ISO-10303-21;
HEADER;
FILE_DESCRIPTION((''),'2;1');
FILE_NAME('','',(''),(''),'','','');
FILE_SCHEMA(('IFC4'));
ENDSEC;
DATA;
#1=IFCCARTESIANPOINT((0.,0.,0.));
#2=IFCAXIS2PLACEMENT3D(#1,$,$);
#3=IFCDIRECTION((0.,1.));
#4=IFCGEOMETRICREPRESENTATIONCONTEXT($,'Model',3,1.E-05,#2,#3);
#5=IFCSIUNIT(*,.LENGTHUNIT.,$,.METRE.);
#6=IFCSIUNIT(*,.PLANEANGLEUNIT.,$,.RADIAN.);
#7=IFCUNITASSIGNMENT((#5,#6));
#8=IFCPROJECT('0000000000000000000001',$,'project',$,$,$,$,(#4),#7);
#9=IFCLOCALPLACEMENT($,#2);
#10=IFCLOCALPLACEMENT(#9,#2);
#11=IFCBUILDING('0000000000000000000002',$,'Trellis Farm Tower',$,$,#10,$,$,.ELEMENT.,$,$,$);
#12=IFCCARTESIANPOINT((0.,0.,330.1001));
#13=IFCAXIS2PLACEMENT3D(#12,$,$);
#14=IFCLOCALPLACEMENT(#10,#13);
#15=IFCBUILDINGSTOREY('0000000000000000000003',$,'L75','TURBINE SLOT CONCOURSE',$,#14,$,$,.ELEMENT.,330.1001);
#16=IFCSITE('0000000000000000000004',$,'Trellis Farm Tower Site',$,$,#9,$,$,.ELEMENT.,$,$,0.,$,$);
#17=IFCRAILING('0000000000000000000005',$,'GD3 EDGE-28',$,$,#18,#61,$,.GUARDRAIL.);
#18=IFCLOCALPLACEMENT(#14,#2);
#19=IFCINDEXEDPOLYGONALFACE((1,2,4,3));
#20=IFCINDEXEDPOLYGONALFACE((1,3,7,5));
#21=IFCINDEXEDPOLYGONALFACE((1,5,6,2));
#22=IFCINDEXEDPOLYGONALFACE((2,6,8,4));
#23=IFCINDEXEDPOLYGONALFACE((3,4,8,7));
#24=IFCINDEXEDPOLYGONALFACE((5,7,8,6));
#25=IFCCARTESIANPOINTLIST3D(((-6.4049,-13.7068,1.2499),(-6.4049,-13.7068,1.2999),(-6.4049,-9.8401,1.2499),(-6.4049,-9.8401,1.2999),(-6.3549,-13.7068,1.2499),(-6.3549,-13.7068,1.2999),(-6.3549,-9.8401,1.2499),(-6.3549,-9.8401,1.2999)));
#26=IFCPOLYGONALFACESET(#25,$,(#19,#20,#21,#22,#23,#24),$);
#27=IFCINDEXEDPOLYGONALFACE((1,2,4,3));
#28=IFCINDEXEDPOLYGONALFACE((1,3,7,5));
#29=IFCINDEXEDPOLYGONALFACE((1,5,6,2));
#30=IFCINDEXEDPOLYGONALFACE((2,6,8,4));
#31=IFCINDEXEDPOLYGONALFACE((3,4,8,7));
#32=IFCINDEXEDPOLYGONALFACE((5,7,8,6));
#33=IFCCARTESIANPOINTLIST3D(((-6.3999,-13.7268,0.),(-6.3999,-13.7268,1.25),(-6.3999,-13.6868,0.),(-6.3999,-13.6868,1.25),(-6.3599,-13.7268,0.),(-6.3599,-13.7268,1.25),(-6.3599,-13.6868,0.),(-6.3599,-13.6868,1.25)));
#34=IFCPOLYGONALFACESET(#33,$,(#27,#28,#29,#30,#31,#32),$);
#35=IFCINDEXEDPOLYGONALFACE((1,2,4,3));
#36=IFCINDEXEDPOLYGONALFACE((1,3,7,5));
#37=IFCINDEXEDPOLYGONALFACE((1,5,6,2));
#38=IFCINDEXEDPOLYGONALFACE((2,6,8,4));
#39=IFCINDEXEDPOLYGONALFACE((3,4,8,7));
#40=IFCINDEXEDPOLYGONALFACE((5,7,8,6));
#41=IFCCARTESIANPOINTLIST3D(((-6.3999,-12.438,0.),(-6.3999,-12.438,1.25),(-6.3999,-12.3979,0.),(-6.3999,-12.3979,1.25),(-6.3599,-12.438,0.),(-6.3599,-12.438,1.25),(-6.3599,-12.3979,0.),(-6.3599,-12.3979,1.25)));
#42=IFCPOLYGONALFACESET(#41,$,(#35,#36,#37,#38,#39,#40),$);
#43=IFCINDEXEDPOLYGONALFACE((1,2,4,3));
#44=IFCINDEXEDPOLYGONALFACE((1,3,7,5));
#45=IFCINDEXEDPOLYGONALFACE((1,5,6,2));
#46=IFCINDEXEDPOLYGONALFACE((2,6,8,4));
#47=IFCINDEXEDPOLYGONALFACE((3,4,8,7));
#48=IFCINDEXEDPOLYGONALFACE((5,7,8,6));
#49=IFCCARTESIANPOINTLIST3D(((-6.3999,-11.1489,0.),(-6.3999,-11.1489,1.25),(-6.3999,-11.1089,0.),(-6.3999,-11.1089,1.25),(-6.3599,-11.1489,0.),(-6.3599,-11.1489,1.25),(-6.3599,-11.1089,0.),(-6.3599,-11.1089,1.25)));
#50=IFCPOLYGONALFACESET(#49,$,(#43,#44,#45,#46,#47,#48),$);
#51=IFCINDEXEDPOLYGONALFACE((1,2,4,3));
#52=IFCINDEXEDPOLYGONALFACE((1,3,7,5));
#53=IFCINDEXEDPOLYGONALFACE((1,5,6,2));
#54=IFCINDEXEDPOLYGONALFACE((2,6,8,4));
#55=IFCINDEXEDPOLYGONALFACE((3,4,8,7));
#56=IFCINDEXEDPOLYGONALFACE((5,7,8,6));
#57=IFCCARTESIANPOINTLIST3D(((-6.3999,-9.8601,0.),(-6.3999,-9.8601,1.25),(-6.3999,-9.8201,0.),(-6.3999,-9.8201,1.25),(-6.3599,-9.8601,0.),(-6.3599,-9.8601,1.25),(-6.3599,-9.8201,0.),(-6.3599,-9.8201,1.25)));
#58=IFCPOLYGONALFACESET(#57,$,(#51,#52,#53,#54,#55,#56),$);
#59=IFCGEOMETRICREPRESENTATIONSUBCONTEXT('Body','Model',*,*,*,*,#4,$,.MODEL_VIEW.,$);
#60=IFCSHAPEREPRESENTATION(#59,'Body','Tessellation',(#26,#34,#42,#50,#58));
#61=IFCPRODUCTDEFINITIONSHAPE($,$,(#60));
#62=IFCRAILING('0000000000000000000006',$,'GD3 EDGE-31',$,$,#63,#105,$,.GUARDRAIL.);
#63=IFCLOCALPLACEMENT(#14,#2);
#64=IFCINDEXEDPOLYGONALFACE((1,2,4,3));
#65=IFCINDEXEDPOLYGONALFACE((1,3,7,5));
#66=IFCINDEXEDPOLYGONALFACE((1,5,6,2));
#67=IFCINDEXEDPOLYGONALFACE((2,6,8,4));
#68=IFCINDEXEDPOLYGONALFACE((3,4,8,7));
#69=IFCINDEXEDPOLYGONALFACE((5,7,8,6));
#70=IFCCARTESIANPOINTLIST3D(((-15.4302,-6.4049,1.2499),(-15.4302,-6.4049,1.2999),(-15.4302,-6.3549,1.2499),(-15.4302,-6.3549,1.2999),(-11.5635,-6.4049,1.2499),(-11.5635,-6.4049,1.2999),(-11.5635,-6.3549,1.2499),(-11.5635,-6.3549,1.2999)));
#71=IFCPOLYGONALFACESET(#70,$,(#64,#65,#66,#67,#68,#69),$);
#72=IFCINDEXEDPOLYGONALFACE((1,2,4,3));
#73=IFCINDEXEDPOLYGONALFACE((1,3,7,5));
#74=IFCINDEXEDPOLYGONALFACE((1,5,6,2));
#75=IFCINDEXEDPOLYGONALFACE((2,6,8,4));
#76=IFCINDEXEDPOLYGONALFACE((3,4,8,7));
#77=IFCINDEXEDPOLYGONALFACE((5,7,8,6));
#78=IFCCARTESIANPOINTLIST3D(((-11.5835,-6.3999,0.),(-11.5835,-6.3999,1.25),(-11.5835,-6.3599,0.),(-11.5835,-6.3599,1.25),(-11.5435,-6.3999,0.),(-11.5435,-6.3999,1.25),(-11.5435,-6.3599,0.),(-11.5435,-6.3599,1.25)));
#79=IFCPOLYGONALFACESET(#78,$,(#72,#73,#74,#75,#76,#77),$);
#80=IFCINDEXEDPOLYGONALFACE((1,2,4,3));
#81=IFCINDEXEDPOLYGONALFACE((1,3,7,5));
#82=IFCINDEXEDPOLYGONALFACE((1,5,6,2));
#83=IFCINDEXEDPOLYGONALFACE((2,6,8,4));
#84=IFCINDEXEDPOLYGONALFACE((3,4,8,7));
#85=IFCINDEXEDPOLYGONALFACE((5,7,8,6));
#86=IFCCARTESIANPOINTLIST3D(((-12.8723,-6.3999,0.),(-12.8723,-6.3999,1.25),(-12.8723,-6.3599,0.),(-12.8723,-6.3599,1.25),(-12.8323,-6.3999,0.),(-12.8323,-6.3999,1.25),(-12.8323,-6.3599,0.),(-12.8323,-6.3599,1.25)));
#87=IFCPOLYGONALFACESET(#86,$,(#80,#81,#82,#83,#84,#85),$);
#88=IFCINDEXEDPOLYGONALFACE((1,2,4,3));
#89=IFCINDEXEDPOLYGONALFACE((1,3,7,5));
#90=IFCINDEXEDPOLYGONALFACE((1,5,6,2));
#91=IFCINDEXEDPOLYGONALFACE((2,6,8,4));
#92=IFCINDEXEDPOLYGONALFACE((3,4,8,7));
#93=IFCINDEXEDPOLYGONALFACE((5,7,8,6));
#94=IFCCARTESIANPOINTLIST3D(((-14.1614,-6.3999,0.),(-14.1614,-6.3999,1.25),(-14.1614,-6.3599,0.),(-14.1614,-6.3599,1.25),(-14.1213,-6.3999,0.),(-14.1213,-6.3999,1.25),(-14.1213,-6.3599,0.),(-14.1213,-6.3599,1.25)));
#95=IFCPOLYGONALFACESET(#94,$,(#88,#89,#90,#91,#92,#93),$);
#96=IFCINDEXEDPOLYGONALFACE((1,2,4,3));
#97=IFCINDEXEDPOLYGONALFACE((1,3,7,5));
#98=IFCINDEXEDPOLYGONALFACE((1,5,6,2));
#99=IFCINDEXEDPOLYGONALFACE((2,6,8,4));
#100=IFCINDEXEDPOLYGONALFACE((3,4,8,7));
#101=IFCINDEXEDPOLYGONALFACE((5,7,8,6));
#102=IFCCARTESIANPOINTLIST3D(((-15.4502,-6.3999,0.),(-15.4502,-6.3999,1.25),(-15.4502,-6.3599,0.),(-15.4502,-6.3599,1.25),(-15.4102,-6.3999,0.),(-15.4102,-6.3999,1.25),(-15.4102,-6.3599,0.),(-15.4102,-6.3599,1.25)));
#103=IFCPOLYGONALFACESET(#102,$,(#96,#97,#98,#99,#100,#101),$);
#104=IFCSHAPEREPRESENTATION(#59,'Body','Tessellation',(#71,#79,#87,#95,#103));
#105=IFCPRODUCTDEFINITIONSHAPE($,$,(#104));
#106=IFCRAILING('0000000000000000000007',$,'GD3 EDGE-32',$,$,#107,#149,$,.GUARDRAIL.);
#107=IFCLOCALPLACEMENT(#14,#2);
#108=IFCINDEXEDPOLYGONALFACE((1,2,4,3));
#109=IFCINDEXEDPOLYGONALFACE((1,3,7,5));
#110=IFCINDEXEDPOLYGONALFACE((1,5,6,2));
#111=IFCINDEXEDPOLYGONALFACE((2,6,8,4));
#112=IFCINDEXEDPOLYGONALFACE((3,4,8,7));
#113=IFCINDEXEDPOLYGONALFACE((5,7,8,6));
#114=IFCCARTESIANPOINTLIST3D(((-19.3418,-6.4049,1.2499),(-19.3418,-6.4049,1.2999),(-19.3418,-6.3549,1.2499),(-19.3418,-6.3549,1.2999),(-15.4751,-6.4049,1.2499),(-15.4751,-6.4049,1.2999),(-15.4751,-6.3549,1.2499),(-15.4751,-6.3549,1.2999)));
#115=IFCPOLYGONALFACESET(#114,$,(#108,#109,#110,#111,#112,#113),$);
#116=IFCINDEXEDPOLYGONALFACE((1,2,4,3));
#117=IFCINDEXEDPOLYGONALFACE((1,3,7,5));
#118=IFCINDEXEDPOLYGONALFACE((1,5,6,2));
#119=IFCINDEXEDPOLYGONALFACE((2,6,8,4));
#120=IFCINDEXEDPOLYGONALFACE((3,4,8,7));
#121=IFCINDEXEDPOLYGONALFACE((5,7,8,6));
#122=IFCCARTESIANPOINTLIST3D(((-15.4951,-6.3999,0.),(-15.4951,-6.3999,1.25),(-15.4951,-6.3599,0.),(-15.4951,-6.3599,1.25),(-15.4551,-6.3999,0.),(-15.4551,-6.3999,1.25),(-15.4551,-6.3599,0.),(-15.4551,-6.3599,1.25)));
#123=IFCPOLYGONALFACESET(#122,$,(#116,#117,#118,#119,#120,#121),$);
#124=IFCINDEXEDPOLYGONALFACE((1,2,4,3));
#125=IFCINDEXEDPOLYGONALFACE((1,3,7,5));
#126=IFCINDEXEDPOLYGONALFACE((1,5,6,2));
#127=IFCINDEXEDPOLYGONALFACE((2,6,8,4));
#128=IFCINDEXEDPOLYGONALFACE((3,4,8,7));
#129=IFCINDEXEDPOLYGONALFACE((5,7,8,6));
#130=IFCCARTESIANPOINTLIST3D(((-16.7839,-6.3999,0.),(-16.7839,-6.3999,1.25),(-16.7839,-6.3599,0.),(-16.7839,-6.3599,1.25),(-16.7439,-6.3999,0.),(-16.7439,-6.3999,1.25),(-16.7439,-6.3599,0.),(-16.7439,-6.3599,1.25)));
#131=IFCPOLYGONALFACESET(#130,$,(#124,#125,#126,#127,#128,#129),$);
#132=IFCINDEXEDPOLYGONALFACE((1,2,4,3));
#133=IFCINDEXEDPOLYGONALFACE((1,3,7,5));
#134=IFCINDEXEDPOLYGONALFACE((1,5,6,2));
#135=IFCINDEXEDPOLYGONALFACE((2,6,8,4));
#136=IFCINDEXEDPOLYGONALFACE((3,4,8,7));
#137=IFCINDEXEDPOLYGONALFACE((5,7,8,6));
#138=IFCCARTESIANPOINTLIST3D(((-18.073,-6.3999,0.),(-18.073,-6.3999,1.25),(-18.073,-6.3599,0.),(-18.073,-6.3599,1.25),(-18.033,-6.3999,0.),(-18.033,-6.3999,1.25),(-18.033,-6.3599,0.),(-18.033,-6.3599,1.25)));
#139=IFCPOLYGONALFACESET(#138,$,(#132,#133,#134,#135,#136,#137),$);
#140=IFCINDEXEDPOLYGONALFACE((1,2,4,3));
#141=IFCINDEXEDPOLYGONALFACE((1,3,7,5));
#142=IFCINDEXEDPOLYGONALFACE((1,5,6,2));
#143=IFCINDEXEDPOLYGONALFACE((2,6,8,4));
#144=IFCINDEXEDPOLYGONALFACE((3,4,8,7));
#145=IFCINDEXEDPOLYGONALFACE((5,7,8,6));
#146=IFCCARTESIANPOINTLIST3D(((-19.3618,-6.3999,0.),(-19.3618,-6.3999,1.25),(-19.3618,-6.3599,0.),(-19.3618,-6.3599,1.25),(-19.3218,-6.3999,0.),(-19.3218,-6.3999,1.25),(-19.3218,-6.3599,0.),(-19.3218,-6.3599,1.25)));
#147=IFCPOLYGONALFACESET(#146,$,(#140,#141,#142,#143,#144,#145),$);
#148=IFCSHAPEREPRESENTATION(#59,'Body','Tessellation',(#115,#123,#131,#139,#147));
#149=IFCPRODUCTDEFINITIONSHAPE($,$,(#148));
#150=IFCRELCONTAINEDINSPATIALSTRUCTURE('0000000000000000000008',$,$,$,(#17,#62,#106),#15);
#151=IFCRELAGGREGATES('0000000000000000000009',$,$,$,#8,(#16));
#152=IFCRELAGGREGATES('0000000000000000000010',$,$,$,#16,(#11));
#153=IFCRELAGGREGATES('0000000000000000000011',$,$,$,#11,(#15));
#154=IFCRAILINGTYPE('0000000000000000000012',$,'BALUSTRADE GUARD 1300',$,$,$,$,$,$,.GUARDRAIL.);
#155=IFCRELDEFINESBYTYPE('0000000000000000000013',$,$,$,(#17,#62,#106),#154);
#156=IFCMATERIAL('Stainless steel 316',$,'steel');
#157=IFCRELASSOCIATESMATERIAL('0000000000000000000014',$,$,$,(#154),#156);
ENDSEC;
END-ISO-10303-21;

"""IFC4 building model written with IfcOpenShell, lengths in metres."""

from ifc_helpers import new_model, si_unit, direction, frame, origin, origin_2d, place, context, subcontext, project, spatial, rectangle, extrude, source, transform, mapped, material, type_object, element, save


model = new_model("IFC4")

# Units and contexts
model_context = context("Model", 3, precision=1e-05, world=origin(), true_north=direction((0.0, 1.0)))
body_context = subcontext(model_context, "Body", "Model", "MODEL_VIEW")
ifc_project = project(units=[si_unit("LENGTHUNIT", "METRE"), si_unit("PLANEANGLEUNIT", "RADIAN")], contexts=[model_context])

# Site, building, storey
site_placement = place(None, origin())
site = spatial("IfcSite", under=ifc_project, at=site_placement, Name="Trellis Farm Tower Site", CompositionType="ELEMENT", RefElevation=0.0)
building_placement = place(site_placement, origin())
building = spatial("IfcBuilding", under=site, at=building_placement, Name="Trellis Farm Tower", CompositionType="ELEMENT")
storey_placement = place(building_placement, frame((0.0, 0.0, 330.1001)))
storey = spatial("IfcBuildingStorey", under=building, at=storey_placement, Name="L75", Description="TURBINE SLOT CONCOURSE", CompositionType="ELEMENT", Elevation=330.1001)

# Railings
ifc_material_1 = material(Name="Stainless steel 316", Category="steel")
railing_type = type_object("IfcRailingType", Name="BALUSTRADE GUARD 1300", PredefinedType="GUARDRAIL", material=ifc_material_1)
shared_shape_1 = source(origin(), body_context, "Body", "SweptSolid", [
    extrude(rectangle(XDim=0.05, YDim=0.05, at=origin_2d()), frame((0.0, 0.0, 1.2749), z_axis=(0.0, 1.0, 0.0), x_axis=(-1.0, 0.0, 0.0)), (0.0, 0.0, 1.0), 3.8667),
    extrude(rectangle(XDim=0.04, YDim=0.04, at=origin_2d()), origin(), (0.0, 0.0, 1.0), 1.25),
    extrude(rectangle(XDim=0.04, YDim=0.04, at=origin_2d()), frame((0.0, 1.2888, 0.0)), (0.0, 0.0, 1.0), 1.25),
    extrude(rectangle(XDim=0.04, YDim=0.04, at=origin_2d()), frame((0.0, 2.5779, 0.0)), (0.0, 0.0, 1.0), 1.25),
    extrude(rectangle(XDim=0.04, YDim=0.04, at=origin_2d()), frame((0.0, 3.8667, 0.0)), (0.0, 0.0, 1.0), 1.25),
])
for number, where, name in (
    (1, (-6.3799, -13.7068, 0.0), "GD3 EDGE-28"),
):
    element("IfcRailing", number, at=place(storey_placement, frame(where)), inside=storey, type_object=railing_type, Name=name, PredefinedType="GUARDRAIL", context=body_context, shape_type="MappedRepresentation", body=[
        mapped(shared_shape_1, transform((0.0, 0.0, 0.0))),
    ])
shared_shape_2 = source(origin(), body_context, "Body", "SweptSolid", [
    extrude(rectangle(XDim=0.05, YDim=0.05, at=origin_2d()), frame((0.0, 0.0, 1.2749), z_axis=(-1.0, 0.0, 0.0), x_axis=(0.0, -1.0, 0.0)), (0.0, 0.0, 1.0), 3.8667),
    extrude(rectangle(XDim=0.04, YDim=0.04, at=origin_2d()), origin(), (0.0, 0.0, 1.0), 1.25),
    extrude(rectangle(XDim=0.04, YDim=0.04, at=origin_2d()), frame((-1.2888, 0.0, 0.0)), (0.0, 0.0, 1.0), 1.25),
    extrude(rectangle(XDim=0.04, YDim=0.04, at=origin_2d()), frame((-2.5779, 0.0, 0.0)), (0.0, 0.0, 1.0), 1.25),
    extrude(rectangle(XDim=0.04, YDim=0.04, at=origin_2d()), frame((-3.8667, 0.0, 0.0)), (0.0, 0.0, 1.0), 1.25),
])
for number, where, name in (
    (2, (-11.5635, -6.3799, 0.0), "GD3 EDGE-31"),
    (3, (-15.4751, -6.3799, 0.0), "GD3 EDGE-32"),
):
    element("IfcRailing", number, at=place(storey_placement, frame(where)), inside=storey, type_object=railing_type, Name=name, PredefinedType="GUARDRAIL", context=body_context, shape_type="MappedRepresentation", body=[
        mapped(shared_shape_2, transform((0.0, 0.0, 0.0))),
    ])

save(model, "model.ifc")
